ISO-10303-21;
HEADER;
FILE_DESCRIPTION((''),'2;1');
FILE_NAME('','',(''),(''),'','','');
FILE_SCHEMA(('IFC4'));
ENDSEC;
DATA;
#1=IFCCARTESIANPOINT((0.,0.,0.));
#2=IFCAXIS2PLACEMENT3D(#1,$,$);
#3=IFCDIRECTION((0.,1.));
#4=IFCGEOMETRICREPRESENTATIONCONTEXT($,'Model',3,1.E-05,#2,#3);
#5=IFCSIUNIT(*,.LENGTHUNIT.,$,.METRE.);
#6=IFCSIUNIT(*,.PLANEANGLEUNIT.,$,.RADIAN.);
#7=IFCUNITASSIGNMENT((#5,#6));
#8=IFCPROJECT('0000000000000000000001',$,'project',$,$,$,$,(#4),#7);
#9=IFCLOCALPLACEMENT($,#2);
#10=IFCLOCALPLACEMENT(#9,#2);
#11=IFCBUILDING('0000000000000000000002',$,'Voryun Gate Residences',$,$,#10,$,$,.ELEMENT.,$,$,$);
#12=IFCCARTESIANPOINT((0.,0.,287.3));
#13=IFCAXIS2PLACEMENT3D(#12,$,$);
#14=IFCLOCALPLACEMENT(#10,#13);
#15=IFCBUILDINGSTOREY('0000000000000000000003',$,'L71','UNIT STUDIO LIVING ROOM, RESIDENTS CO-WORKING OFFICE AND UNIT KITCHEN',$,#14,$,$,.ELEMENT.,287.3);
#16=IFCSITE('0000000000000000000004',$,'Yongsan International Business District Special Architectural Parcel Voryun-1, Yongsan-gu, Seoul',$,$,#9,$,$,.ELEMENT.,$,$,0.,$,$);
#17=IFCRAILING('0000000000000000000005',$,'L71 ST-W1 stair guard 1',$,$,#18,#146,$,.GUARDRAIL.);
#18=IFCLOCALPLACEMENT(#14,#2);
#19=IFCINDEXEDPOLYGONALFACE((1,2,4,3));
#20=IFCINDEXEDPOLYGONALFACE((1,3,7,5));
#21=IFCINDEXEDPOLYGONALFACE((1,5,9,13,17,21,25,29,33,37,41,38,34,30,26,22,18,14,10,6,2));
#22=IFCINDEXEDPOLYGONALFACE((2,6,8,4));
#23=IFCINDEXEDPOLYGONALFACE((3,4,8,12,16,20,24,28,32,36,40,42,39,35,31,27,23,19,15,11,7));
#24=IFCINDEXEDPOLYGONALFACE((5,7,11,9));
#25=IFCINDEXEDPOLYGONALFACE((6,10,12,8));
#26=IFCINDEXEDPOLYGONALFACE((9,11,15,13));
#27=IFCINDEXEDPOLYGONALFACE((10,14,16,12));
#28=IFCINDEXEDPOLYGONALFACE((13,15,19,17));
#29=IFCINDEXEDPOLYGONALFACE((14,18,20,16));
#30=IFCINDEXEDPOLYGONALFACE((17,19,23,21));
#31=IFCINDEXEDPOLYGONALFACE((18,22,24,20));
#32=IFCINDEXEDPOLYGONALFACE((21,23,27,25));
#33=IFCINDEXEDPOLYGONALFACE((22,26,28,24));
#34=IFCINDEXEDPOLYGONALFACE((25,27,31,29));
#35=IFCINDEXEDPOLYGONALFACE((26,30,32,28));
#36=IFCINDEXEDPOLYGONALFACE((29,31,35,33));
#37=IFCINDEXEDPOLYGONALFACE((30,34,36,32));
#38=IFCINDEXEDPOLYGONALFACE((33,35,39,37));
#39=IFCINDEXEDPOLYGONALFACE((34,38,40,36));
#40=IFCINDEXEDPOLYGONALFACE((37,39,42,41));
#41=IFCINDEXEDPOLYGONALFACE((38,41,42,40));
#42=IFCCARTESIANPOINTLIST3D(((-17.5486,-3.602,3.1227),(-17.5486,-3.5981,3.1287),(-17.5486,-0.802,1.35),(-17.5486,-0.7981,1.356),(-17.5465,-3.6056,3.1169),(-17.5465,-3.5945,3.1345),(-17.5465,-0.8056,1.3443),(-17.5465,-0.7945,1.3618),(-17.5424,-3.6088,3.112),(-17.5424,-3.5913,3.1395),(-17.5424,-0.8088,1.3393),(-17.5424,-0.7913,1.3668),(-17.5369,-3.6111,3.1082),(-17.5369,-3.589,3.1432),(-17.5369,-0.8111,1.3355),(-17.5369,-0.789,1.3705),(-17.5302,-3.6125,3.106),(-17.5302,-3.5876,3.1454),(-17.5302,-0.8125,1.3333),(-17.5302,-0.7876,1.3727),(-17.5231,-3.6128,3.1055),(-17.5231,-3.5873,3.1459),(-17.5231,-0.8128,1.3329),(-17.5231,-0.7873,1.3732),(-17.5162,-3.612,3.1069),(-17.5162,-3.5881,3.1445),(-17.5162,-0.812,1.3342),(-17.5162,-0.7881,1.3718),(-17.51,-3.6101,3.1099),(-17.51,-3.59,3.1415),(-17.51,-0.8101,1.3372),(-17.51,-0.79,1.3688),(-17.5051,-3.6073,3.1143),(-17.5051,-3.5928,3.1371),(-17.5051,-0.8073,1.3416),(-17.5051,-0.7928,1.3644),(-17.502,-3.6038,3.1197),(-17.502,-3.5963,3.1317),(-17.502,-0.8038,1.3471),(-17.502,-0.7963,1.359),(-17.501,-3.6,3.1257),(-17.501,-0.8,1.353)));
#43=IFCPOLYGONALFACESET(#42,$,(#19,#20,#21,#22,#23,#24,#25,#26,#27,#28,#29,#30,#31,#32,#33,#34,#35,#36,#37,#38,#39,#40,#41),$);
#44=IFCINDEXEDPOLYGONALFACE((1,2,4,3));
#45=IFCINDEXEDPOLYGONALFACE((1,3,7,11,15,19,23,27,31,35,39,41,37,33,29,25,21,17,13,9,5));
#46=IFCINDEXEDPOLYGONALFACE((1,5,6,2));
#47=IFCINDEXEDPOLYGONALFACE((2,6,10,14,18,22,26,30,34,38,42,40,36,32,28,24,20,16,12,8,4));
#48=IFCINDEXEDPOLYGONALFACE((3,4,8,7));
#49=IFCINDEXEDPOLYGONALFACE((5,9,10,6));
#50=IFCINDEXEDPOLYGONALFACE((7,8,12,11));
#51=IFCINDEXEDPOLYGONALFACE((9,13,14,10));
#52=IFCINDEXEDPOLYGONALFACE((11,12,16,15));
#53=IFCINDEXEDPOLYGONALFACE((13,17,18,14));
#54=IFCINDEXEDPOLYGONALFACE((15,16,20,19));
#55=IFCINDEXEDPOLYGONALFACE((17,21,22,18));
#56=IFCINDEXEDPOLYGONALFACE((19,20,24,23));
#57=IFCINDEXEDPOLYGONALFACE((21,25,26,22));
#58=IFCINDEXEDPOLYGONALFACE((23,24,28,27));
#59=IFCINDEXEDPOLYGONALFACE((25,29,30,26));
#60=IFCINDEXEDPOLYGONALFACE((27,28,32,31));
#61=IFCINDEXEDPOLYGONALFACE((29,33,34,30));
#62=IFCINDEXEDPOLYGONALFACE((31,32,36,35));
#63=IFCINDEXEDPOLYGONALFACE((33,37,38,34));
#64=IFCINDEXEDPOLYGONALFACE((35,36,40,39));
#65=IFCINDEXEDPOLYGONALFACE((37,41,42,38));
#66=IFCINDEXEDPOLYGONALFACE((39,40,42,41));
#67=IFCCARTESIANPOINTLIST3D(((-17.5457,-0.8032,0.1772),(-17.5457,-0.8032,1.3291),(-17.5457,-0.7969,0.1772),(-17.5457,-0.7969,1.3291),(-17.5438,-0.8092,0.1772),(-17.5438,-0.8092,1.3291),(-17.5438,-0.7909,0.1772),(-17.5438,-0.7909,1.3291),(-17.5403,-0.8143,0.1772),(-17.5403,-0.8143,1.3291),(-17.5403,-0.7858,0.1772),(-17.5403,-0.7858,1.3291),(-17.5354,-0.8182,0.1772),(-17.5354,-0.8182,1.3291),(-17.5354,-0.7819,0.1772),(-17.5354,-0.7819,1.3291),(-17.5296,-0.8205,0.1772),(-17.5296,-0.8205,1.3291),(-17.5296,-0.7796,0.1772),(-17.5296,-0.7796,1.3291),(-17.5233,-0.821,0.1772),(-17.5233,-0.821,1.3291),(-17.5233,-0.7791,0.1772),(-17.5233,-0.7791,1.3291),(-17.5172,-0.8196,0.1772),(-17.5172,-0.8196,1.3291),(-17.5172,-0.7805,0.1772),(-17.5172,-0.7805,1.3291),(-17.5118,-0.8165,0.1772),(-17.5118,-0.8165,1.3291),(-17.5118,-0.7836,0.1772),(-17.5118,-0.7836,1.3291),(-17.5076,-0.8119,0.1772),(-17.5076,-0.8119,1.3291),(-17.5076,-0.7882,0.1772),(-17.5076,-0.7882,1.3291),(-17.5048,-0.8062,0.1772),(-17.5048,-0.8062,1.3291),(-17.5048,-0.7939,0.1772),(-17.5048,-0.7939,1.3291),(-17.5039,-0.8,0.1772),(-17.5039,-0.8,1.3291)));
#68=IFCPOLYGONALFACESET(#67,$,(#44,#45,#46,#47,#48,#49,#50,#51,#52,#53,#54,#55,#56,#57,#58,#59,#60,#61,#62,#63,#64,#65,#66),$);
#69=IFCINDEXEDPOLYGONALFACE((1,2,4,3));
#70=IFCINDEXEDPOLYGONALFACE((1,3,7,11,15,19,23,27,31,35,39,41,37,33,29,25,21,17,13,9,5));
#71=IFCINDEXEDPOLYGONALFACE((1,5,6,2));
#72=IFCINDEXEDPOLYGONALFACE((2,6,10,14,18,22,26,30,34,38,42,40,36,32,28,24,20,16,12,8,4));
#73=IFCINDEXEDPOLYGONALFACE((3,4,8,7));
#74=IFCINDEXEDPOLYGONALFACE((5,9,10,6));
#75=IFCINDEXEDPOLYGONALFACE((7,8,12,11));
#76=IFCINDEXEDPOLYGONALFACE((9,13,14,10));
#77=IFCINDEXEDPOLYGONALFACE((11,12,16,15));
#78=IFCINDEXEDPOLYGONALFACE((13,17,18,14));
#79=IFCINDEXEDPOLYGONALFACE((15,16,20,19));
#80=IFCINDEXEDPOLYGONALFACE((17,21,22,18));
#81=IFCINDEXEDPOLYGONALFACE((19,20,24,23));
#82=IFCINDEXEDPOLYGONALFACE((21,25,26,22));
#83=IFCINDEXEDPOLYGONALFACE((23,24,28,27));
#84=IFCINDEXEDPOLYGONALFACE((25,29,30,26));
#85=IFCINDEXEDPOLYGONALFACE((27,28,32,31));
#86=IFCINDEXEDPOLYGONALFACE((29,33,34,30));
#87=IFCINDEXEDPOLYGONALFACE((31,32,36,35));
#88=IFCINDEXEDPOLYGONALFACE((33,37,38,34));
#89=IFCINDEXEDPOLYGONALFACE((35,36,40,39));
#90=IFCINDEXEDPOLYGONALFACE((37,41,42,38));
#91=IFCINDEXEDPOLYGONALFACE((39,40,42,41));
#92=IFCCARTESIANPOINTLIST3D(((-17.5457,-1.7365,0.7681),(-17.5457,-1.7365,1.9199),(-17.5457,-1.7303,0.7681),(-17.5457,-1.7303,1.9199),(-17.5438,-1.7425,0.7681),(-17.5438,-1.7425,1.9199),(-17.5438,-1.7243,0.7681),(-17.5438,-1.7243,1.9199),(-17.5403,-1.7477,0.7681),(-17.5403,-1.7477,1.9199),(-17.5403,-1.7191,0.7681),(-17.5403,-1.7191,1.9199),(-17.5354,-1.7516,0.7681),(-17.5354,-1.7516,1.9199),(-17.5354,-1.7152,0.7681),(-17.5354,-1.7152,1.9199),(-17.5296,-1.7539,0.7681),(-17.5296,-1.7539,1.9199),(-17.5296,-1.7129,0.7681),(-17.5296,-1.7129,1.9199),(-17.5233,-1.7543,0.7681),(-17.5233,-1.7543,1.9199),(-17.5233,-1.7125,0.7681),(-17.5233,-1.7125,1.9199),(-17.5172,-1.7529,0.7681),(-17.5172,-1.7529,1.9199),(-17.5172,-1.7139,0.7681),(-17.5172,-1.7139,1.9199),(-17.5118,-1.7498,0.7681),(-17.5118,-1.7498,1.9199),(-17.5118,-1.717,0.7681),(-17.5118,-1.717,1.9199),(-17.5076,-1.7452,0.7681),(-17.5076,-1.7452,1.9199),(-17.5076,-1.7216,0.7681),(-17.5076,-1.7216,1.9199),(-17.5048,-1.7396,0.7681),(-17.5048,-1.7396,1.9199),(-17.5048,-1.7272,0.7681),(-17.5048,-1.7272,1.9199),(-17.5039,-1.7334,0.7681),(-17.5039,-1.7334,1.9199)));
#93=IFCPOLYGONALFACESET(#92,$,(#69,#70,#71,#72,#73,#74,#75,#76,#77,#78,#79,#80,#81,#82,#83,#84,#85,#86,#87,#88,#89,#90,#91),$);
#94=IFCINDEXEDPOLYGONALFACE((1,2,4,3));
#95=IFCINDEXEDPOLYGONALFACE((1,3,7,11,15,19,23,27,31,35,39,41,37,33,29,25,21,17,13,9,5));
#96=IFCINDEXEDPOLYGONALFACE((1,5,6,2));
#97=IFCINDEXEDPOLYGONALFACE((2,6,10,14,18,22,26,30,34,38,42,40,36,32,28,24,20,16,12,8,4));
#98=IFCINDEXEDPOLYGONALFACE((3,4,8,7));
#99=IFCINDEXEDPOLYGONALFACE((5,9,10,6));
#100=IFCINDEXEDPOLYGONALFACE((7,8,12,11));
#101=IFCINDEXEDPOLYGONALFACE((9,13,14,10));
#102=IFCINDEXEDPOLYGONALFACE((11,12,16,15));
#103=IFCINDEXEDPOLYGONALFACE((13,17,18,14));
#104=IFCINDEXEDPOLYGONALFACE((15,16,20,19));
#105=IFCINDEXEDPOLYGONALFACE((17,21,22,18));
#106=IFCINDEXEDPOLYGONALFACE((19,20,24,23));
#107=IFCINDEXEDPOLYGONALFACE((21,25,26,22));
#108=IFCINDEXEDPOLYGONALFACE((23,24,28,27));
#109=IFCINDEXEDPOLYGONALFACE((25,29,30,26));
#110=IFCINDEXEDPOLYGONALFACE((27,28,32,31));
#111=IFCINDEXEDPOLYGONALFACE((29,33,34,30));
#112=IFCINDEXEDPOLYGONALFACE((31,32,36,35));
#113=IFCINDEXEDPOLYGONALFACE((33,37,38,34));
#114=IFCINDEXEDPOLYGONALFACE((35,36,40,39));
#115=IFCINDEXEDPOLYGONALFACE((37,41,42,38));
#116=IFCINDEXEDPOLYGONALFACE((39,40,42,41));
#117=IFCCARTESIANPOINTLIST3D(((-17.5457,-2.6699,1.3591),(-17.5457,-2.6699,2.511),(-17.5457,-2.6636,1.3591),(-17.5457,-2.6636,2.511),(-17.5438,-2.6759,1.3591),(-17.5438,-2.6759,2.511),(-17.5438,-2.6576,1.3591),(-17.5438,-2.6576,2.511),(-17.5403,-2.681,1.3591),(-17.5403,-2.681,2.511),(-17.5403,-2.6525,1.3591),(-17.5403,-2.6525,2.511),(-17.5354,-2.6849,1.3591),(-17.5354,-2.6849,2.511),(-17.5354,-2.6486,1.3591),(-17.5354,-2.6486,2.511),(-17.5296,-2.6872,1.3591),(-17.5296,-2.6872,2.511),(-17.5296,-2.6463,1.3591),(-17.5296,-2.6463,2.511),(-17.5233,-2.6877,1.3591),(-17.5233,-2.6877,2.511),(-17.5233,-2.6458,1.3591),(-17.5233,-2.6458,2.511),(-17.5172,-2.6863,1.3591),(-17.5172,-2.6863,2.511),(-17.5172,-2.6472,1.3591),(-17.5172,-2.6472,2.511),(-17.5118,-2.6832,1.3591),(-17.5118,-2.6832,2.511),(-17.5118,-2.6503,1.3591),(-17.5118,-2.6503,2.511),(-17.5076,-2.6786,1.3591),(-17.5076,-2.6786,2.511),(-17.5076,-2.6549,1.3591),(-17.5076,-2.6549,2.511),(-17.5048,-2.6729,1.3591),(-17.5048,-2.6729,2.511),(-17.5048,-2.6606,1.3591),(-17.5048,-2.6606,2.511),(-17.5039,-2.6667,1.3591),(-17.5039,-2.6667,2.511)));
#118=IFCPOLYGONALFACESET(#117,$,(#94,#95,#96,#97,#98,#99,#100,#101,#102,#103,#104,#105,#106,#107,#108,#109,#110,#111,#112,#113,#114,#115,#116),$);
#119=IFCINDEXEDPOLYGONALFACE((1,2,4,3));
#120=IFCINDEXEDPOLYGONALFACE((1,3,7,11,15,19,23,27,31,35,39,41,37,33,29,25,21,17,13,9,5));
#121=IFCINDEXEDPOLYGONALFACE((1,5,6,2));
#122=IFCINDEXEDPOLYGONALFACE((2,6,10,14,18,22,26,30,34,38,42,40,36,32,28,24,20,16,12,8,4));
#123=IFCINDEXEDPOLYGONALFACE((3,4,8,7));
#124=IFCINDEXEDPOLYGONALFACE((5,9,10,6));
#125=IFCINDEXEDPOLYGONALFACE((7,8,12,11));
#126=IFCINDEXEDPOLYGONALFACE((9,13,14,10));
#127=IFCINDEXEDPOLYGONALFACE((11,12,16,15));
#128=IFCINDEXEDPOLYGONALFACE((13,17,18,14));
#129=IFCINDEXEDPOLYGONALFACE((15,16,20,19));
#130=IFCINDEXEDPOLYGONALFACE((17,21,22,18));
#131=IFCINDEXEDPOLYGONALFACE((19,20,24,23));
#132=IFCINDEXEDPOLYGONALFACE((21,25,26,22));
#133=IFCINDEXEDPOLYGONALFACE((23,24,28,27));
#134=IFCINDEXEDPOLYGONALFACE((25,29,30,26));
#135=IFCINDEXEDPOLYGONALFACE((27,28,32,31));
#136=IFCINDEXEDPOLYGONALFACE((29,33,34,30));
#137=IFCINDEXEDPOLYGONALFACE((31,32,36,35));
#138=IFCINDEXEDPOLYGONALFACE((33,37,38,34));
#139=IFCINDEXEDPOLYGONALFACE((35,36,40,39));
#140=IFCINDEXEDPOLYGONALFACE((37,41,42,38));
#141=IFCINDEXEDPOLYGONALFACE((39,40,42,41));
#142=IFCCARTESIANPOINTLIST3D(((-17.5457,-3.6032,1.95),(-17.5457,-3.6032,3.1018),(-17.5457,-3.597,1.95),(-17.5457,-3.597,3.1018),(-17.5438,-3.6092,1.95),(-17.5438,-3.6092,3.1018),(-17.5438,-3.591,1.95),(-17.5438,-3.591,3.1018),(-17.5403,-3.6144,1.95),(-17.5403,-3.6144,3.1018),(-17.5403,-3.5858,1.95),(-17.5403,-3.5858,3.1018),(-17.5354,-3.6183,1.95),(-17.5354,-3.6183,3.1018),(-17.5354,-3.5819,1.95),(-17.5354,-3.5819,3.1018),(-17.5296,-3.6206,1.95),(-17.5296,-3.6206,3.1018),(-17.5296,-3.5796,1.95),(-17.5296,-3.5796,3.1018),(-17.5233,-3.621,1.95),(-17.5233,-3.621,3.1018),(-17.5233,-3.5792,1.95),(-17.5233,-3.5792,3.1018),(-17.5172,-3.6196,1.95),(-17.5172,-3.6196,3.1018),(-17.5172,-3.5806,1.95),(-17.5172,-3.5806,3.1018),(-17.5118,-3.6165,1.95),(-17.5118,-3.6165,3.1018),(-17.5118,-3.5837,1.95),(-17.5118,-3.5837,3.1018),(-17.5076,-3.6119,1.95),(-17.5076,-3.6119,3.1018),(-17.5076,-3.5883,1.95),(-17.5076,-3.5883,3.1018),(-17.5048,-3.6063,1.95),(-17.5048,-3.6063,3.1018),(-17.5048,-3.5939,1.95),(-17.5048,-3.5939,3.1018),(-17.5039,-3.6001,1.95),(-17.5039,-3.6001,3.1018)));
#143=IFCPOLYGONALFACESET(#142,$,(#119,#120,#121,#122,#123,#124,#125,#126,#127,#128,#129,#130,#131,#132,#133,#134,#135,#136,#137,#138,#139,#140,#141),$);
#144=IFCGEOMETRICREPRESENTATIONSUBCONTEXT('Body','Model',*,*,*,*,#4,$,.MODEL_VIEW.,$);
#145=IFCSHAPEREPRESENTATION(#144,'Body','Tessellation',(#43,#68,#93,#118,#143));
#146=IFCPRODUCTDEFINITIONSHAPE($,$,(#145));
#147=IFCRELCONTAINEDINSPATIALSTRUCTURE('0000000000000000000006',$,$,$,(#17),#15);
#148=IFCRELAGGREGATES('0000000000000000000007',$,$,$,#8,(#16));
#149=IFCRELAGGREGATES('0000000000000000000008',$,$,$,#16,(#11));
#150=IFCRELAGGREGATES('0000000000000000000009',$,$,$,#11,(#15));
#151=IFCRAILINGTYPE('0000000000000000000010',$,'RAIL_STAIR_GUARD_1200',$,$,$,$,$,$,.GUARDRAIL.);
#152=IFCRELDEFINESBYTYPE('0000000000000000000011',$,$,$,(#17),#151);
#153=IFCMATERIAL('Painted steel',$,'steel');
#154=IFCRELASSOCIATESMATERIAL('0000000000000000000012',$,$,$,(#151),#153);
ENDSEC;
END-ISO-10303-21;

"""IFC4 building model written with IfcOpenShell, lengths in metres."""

from ifc_helpers import new_model, si_unit, direction, frame, origin, origin_2d, place, context, subcontext, project, spatial, circle, extrude, material, type_object, element, save


model = new_model("IFC4")

# Units and contexts
model_context = context("Model", 3, precision=1e-05, world=origin(), true_north=direction((0.0, 1.0)))
body_context = subcontext(model_context, "Body", "Model", "MODEL_VIEW")
ifc_project = project(units=[si_unit("LENGTHUNIT", "METRE"), si_unit("PLANEANGLEUNIT", "RADIAN")], contexts=[model_context])

# Site, building, storey
site_placement = place(None, origin())
site = spatial("IfcSite", under=ifc_project, at=site_placement, Name="Yongsan International Business District Special Architectural Parcel Voryun-1, Yongsan-gu, Seoul", CompositionType="ELEMENT", RefElevation=0.0)
building_placement = place(site_placement, origin())
building = spatial("IfcBuilding", under=site, at=building_placement, Name="Voryun Gate Residences", CompositionType="ELEMENT")
storey_placement = place(building_placement, frame((0.0, 0.0, 287.3)))
storey = spatial("IfcBuildingStorey", under=building, at=storey_placement, Name="L71", Description="UNIT STUDIO LIVING ROOM, RESIDENTS CO-WORKING OFFICE AND UNIT KITCHEN", CompositionType="ELEMENT", Elevation=287.3)

# Railing
ifc_material_1 = material(Name="Painted steel", Category="steel")
railing_type_1 = type_object("IfcRailingType", Name="RAIL_STAIR_GUARD_1200", PredefinedType="GUARDRAIL", material=ifc_material_1)
railing_1_placement = place(storey_placement, frame((-17.5249, -0.8, 0.1772)))
element("IfcRailing", 1, at=railing_1_placement, inside=storey, type_object=railing_type_1, Name="L71 ST-W1 stair guard 1", PredefinedType="GUARDRAIL", context=body_context, shape_type="SweptSolid", body=[
    extrude(circle(Radius=0.0239, at=origin_2d()), frame((0.0, 0.0, 1.1758), z_axis=(0.0, -0.844909, 0.53491), x_axis=(1.0, 0.0, 0.0)), (0.0, 0.0, 1.0), 3.314),
    extrude(circle(Radius=0.021, at=origin_2d()), origin(), (0.0, 0.0, 1.0), 1.1519),
    extrude(circle(Radius=0.021, at=origin_2d()), frame((0.0, -0.9333, 0.5908)), (0.0, 0.0, 1.0), 1.1519),
    extrude(circle(Radius=0.021, at=origin_2d()), frame((0.0, -1.8667, 1.1819)), (0.0, 0.0, 1.0), 1.1519),
    extrude(circle(Radius=0.021, at=origin_2d()), frame((0.0, -2.8, 1.7727)), (0.0, 0.0, 1.0), 1.1519),
])

save(model, "model.ifc")
